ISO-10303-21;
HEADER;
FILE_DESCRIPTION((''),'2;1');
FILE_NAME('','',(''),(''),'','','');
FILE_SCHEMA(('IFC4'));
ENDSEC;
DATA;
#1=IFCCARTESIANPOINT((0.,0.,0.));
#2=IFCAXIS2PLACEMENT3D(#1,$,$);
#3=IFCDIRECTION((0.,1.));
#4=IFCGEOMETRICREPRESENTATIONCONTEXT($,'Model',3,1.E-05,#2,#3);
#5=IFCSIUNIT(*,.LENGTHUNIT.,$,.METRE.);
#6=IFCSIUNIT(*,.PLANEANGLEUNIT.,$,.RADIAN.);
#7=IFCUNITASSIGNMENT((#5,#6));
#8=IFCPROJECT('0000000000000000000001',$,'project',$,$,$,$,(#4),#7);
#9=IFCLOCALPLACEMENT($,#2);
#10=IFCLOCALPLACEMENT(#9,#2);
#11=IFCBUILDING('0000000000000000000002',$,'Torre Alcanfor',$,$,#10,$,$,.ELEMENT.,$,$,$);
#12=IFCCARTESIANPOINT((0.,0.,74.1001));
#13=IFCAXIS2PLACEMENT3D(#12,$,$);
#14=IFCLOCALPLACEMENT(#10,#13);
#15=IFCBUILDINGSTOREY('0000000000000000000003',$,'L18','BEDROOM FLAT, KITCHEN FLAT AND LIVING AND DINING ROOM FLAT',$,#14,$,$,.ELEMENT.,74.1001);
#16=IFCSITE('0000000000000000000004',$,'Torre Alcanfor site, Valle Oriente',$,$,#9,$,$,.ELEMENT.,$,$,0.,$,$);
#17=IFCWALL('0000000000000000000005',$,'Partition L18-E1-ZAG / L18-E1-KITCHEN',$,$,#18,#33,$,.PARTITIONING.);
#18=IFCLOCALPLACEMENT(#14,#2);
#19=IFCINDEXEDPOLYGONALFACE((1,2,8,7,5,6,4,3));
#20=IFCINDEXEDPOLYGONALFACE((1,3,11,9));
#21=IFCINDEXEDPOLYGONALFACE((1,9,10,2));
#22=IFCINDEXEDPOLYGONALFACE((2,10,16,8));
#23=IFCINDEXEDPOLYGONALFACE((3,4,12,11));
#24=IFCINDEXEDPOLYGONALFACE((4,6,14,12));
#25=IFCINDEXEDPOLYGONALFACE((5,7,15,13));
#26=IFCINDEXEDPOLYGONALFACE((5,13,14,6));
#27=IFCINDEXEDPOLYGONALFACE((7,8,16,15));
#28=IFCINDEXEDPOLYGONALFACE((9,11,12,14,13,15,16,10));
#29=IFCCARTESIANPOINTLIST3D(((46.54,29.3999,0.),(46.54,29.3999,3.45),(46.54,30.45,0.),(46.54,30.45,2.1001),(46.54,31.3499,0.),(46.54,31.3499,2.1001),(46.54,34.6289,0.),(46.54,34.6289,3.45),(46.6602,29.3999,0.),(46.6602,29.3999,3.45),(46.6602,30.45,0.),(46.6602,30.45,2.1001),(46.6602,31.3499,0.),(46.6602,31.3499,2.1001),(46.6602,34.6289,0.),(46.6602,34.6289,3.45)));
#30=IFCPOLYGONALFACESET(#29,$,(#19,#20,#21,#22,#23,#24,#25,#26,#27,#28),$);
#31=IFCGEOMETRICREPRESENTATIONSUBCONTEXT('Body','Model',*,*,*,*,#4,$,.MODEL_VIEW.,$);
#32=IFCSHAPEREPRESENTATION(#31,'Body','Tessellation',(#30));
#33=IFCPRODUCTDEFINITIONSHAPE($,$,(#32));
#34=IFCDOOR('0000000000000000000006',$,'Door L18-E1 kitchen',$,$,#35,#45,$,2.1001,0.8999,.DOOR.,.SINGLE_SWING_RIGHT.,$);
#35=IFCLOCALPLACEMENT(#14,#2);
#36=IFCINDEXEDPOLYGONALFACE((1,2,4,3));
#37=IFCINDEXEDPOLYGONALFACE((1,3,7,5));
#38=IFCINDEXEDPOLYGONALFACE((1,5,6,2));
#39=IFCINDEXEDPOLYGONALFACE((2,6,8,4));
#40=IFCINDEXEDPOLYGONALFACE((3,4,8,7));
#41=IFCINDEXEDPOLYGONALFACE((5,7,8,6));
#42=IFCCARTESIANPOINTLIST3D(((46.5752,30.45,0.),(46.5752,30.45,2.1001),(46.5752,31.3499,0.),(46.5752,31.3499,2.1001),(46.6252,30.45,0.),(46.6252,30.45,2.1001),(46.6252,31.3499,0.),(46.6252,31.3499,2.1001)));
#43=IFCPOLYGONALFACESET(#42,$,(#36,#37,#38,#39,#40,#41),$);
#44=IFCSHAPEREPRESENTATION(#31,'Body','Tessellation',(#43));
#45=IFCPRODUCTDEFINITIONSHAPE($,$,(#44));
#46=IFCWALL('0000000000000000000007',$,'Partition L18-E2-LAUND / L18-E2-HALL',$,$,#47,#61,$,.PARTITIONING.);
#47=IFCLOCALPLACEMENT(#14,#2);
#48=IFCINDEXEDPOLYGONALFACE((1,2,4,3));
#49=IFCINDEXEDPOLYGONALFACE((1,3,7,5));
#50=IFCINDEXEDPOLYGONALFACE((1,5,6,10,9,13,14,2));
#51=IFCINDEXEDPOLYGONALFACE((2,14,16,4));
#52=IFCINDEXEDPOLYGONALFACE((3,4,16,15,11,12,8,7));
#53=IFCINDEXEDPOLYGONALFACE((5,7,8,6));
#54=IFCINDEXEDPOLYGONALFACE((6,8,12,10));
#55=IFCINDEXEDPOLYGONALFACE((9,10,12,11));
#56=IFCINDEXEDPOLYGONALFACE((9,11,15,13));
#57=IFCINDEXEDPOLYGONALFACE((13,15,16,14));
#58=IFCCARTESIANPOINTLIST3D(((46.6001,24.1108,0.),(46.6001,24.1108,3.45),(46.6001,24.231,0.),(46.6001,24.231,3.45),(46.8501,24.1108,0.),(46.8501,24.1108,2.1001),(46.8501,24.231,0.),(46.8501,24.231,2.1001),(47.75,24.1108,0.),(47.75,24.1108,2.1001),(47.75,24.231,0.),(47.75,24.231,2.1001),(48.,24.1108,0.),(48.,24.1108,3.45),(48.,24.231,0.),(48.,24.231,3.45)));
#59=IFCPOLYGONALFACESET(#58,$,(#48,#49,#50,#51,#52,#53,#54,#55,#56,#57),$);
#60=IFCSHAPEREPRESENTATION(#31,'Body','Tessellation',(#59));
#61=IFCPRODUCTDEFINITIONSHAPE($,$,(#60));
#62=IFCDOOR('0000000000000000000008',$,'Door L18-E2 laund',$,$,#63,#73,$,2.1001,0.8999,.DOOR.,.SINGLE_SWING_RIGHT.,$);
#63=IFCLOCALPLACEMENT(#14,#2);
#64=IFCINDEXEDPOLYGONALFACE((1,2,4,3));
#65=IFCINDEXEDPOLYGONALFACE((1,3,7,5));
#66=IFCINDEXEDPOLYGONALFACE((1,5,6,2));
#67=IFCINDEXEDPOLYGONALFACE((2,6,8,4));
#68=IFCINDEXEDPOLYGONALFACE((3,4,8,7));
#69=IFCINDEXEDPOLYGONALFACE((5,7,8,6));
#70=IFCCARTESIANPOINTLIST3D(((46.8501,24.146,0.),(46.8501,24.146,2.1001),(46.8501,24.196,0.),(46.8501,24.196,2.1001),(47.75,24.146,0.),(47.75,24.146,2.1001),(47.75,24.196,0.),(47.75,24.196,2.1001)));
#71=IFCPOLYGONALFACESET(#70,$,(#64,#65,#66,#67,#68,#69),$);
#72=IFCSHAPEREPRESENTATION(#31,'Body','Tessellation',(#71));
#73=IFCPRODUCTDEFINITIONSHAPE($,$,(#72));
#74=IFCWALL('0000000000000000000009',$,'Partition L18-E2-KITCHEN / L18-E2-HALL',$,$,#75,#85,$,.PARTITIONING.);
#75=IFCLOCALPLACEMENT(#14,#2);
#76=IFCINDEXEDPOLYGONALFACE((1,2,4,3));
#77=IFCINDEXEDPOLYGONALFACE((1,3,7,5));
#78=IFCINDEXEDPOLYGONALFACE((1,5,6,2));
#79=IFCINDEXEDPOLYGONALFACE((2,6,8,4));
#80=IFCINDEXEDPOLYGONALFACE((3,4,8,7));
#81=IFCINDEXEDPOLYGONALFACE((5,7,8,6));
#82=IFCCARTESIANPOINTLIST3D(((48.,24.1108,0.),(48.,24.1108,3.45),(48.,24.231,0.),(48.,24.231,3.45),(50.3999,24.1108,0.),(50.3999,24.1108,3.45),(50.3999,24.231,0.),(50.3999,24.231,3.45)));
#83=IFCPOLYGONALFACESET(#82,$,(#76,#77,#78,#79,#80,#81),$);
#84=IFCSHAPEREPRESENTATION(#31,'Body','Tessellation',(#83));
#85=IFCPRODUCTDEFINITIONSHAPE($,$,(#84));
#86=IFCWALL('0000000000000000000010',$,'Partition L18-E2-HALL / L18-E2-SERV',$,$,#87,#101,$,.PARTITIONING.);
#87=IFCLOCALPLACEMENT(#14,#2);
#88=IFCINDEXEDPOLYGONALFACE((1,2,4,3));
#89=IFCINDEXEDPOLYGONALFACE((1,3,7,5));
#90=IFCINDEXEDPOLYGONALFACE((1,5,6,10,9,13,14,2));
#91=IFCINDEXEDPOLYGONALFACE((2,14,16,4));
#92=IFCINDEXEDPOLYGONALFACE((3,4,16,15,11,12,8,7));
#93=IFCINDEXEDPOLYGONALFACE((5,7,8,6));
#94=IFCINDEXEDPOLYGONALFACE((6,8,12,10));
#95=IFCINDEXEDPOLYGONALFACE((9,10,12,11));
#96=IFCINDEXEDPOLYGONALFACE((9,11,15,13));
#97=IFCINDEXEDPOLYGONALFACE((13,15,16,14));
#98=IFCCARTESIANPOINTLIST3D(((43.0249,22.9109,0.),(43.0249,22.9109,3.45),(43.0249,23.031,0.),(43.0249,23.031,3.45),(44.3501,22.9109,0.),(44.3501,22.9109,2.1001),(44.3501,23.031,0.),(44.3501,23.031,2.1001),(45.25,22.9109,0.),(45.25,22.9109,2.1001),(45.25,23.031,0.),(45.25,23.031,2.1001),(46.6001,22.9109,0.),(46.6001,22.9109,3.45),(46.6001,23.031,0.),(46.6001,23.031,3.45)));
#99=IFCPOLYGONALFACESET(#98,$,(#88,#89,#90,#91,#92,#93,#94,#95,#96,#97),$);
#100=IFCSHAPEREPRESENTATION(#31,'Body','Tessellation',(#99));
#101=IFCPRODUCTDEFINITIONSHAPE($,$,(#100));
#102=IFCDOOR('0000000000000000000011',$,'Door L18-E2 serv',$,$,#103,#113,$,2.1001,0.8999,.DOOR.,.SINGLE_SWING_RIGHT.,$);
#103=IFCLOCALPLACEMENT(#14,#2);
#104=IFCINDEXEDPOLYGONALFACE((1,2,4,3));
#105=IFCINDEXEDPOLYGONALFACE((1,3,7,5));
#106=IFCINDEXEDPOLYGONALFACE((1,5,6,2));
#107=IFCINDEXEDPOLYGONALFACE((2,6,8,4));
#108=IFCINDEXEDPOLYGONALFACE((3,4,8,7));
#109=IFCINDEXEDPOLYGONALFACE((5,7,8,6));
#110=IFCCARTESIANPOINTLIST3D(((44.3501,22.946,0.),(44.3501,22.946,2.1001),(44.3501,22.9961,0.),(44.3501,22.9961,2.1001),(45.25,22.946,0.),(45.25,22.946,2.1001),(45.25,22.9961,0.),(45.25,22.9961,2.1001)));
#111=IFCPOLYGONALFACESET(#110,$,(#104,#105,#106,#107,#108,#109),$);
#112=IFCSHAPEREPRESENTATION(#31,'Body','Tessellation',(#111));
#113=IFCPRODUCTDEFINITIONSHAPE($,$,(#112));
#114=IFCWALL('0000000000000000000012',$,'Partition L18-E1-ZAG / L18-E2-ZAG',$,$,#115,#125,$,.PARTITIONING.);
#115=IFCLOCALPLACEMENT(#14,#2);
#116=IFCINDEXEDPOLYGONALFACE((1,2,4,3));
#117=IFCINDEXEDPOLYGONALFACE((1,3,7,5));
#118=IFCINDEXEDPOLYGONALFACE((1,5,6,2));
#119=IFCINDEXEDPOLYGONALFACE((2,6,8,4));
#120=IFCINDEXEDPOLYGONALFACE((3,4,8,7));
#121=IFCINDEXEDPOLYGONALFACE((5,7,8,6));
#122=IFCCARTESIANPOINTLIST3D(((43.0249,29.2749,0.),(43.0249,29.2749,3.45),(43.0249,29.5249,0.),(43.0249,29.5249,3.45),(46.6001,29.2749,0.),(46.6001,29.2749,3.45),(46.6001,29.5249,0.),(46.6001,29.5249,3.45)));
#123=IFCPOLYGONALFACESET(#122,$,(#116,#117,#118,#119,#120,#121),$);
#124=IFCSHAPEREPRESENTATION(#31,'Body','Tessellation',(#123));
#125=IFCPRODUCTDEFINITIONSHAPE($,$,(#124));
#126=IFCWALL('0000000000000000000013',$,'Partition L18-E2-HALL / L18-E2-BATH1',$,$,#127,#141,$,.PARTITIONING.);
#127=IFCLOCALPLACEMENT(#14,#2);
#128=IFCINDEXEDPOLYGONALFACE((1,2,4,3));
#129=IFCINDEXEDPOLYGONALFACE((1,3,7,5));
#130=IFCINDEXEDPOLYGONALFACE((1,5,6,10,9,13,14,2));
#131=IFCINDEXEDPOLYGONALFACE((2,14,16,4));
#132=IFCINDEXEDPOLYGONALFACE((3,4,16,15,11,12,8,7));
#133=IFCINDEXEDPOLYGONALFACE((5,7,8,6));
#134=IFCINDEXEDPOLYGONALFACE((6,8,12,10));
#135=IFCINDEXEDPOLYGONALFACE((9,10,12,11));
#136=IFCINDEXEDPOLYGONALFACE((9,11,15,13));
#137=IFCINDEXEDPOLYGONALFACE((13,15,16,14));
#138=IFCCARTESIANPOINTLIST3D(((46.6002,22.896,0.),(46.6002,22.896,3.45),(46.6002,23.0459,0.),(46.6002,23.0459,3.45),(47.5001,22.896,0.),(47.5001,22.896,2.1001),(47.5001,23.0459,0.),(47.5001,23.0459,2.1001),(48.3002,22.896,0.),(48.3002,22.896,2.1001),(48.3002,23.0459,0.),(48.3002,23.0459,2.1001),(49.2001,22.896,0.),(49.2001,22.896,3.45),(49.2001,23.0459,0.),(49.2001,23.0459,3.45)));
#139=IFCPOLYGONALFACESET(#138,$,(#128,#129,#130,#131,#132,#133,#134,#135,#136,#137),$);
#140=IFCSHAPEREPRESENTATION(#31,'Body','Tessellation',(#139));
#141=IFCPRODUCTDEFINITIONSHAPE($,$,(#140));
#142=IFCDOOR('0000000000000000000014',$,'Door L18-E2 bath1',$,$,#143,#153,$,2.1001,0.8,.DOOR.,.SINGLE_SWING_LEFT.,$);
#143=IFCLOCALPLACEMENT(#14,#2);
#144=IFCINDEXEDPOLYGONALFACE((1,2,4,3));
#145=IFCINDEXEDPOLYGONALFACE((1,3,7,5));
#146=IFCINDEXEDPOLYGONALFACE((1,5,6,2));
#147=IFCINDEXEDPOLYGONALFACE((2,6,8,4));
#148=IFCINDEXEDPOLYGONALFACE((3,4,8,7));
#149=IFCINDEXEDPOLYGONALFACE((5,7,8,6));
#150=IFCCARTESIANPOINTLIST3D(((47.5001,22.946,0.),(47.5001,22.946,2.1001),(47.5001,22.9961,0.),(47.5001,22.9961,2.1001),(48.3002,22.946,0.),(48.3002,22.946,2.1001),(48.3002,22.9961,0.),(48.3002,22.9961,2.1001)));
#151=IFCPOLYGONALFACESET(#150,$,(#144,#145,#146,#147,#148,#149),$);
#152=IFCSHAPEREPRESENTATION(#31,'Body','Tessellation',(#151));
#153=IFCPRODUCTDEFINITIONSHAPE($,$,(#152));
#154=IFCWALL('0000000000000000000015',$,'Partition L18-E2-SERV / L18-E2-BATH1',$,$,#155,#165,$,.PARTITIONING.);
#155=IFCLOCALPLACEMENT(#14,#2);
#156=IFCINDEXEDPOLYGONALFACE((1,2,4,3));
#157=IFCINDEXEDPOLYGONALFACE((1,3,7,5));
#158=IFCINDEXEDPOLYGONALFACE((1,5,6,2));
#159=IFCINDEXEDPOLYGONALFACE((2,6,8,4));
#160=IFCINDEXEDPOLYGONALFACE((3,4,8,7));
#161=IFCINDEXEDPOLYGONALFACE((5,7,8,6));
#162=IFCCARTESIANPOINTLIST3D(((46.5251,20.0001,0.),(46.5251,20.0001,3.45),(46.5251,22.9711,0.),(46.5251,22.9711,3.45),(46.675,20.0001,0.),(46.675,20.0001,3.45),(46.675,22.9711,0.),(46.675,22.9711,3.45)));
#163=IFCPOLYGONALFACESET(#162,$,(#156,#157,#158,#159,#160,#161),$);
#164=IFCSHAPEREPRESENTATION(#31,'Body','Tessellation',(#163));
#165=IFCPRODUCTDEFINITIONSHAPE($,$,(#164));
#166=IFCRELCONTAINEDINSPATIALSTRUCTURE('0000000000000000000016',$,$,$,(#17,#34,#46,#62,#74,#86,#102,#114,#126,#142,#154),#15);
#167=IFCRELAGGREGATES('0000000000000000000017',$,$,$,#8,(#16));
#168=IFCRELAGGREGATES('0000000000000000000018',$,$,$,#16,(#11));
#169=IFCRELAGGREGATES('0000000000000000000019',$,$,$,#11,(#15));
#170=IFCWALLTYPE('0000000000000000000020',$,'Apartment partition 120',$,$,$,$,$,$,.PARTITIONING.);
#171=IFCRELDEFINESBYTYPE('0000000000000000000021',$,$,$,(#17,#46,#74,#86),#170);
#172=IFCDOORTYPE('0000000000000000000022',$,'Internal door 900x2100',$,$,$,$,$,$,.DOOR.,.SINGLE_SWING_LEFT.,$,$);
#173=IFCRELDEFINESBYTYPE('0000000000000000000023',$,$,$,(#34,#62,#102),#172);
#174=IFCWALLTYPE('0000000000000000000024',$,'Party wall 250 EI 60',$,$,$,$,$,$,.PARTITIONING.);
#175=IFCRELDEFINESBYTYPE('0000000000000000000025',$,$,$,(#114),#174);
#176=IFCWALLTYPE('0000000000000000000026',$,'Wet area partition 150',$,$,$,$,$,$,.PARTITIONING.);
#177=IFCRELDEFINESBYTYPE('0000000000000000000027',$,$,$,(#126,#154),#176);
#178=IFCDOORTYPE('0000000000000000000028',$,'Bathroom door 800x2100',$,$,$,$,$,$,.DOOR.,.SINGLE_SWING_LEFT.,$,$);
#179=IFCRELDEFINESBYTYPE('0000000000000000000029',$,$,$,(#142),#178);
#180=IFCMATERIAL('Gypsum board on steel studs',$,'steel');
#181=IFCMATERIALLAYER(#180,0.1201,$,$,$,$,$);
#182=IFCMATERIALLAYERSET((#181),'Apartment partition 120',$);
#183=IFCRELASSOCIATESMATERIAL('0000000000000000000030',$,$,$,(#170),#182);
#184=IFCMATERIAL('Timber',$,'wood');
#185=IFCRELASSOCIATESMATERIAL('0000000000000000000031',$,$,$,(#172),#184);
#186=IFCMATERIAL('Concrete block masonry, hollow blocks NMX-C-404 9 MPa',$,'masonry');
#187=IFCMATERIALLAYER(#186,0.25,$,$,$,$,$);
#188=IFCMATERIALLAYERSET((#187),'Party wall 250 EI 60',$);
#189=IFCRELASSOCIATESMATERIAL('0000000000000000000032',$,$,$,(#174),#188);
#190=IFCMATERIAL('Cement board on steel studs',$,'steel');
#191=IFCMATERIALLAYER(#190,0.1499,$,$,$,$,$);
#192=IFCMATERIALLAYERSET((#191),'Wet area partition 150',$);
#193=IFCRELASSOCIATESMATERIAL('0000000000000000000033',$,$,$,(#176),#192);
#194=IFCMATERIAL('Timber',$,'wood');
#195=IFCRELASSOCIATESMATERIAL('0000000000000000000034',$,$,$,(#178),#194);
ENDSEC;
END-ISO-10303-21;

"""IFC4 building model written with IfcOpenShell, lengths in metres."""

from ifc_helpers import new_model, si_unit, direction, frame, frame_2d, origin, place, context, subcontext, project, spatial, rectangle, extrude, material, layer, layer_set, type_object, element, fill, save


model = new_model("IFC4")

# Units and contexts
model_context = context("Model", 3, precision=1e-05, world=origin(), true_north=direction((0.0, 1.0)))
body_context = subcontext(model_context, "Body", "Model", "MODEL_VIEW")
ifc_project = project(units=[si_unit("LENGTHUNIT", "METRE"), si_unit("PLANEANGLEUNIT", "RADIAN")], contexts=[model_context])

# Site, building, storey
site_placement = place(None, origin())
site = spatial("IfcSite", under=ifc_project, at=site_placement, Name="Torre Alcanfor site, Valle Oriente", CompositionType="ELEMENT", RefElevation=0.0)
building_placement = place(site_placement, origin())
building = spatial("IfcBuilding", under=site, at=building_placement, Name="Torre Alcanfor", CompositionType="ELEMENT")
storey_placement = place(building_placement, frame((0.0, 0.0, 74.1001)))
storey = spatial("IfcBuildingStorey", under=building, at=storey_placement, Name="L18", Description="BEDROOM FLAT, KITCHEN FLAT AND LIVING AND DINING ROOM FLAT", CompositionType="ELEMENT", Elevation=74.1001)

# Walls, openings, doors
ifc_material_1 = material(Name="Gypsum board on steel studs", Category="steel")
ifc_layer_1 = layer(ifc_material_1, 0.1201)
ifc_layer_set_1 = layer_set([ifc_layer_1], Name="Apartment partition 120")
wall_type_1 = type_object("IfcWallType", Name="Apartment partition 120", PredefinedType="PARTITIONING", material=ifc_layer_set_1)
wall_1_placement = place(storey_placement, frame((46.6001, 29.3999, 0.0), z_axis=(0.0, 0.0, 1.0), x_axis=(0.0, 1.0, 0.0)))
wall_1 = element("IfcWall", 1, at=wall_1_placement, inside=storey, type_object=wall_type_1, Name="Partition L18-E1-ZAG / L18-E1-KITCHEN", PredefinedType="PARTITIONING", context=body_context, shape_type="SweptSolid", body=[
    extrude(rectangle(XDim=5.229, YDim=0.1201, at=frame_2d((2.6145, 0.0))), origin(), (0.0, 0.0, 1.0), 3.45),
])
opening_1_placement = place(wall_1_placement, frame((1.05, 0.0, 0.0)))
opening_1 = element("IfcOpeningElement", 2, at=opening_1_placement, cuts=wall_1, PredefinedType="OPENING", context=body_context, shape_type="SweptSolid", body=[
    extrude(rectangle(XDim=0.8999, YDim=2.1001, at=frame_2d((0.45, 1.05))), frame((0.0, 0.0701, 0.0), z_axis=(0.0, -1.0, 0.0), x_axis=(1.0, 0.0, 0.0)), (0.0, 0.0, 1.0), 0.1401),
])
ifc_material_2 = material(Name="Timber", Category="wood")
door_type_1 = type_object("IfcDoorType", Name="Internal door 900x2100", OperationType="SINGLE_SWING_LEFT", PredefinedType="DOOR", material=ifc_material_2)
door_1_placement = place(opening_1_placement, frame((0.8999, 0.0, 0.0), z_axis=(0.0, 0.0, 1.0), x_axis=(-1.0, 0.0, 0.0)))
door_1 = element("IfcDoor", 3, at=door_1_placement, inside=storey, type_object=door_type_1, Name="Door L18-E1 kitchen", OperationType="SINGLE_SWING_RIGHT", OverallHeight=2.1001, OverallWidth=0.8999, PredefinedType="DOOR", context=body_context, shape_type="SweptSolid", body=[
    extrude(rectangle(XDim=0.8999, YDim=2.1001, at=frame_2d((0.45, 1.05))), frame((0.0, 0.0251, 0.0), z_axis=(0.0, -1.0, 0.0), x_axis=(1.0, 0.0, 0.0)), (0.0, 0.0, 1.0), 0.05),
])
fill(opening_1, door_1)
wall_2_placement = place(storey_placement, frame((48.0, 24.1709, 0.0), z_axis=(0.0, 0.0, 1.0), x_axis=(-1.0, 0.0, 0.0)))
wall_2 = element("IfcWall", 4, at=wall_2_placement, inside=storey, type_object=wall_type_1, Name="Partition L18-E2-LAUND / L18-E2-HALL", PredefinedType="PARTITIONING", context=body_context, shape_type="SweptSolid", body=[
    extrude(rectangle(XDim=1.3999, YDim=0.1201, at=frame_2d((0.7, 0.0))), origin(), (0.0, 0.0, 1.0), 3.45),
])
opening_2_placement = place(wall_2_placement, frame((0.25, 0.0, 0.0)))
opening_2 = element("IfcOpeningElement", 5, at=opening_2_placement, cuts=wall_2, PredefinedType="OPENING", context=body_context, shape_type="SweptSolid", body=[
    extrude(rectangle(XDim=0.8999, YDim=2.1001, at=frame_2d((0.45, 1.05))), frame((0.0, 0.0701, 0.0), z_axis=(0.0, -1.0, 0.0), x_axis=(1.0, 0.0, 0.0)), (0.0, 0.0, 1.0), 0.1401),
])
door_2_placement = place(opening_2_placement, frame((0.8999, 0.0, 0.0), z_axis=(0.0, 0.0, 1.0), x_axis=(-1.0, 0.0, 0.0)))
door_2 = element("IfcDoor", 6, at=door_2_placement, inside=storey, type_object=door_type_1, Name="Door L18-E2 laund", OperationType="SINGLE_SWING_RIGHT", OverallHeight=2.1001, OverallWidth=0.8999, PredefinedType="DOOR", context=body_context, shape_type="SweptSolid", body=[
    extrude(rectangle(XDim=0.8999, YDim=2.1001, at=frame_2d((0.45, 1.05))), frame((0.0, 0.0251, 0.0), z_axis=(0.0, -1.0, 0.0), x_axis=(1.0, 0.0, 0.0)), (0.0, 0.0, 1.0), 0.05),
])
fill(opening_2, door_2)

# Wall
wall_3_placement = place(storey_placement, frame((50.3999, 24.1709, 0.0), z_axis=(0.0, 0.0, 1.0), x_axis=(-1.0, 0.0, 0.0)))
element("IfcWall", 7, at=wall_3_placement, inside=storey, type_object=wall_type_1, Name="Partition L18-E2-KITCHEN / L18-E2-HALL", PredefinedType="PARTITIONING", context=body_context, shape_type="SweptSolid", body=[
    extrude(rectangle(XDim=2.3999, YDim=0.1201, at=frame_2d((1.2, 0.0))), origin(), (0.0, 0.0, 1.0), 3.45),
])

# Wall, opening, door
wall_4_placement = place(storey_placement, frame((46.6001, 22.9709, 0.0), z_axis=(0.0, 0.0, 1.0), x_axis=(-1.0, 0.0, 0.0)))
wall_4 = element("IfcWall", 8, at=wall_4_placement, inside=storey, type_object=wall_type_1, Name="Partition L18-E2-HALL / L18-E2-SERV", PredefinedType="PARTITIONING", context=body_context, shape_type="SweptSolid", body=[
    extrude(rectangle(XDim=3.5752, YDim=0.1201, at=frame_2d((1.7876, 0.0))), origin(), (0.0, 0.0, 1.0), 3.45),
])
opening_3_placement = place(wall_4_placement, frame((1.3501, 0.0, 0.0)))
opening_3 = element("IfcOpeningElement", 9, at=opening_3_placement, cuts=wall_4, PredefinedType="OPENING", context=body_context, shape_type="SweptSolid", body=[
    extrude(rectangle(XDim=0.8999, YDim=2.1001, at=frame_2d((0.45, 1.05))), frame((0.0, 0.0701, 0.0), z_axis=(0.0, -1.0, 0.0), x_axis=(1.0, 0.0, 0.0)), (0.0, 0.0, 1.0), 0.1401),
])
door_3_placement = place(opening_3_placement, origin())
door_3 = element("IfcDoor", 10, at=door_3_placement, inside=storey, type_object=door_type_1, Name="Door L18-E2 serv", OperationType="SINGLE_SWING_RIGHT", OverallHeight=2.1001, OverallWidth=0.8999, PredefinedType="DOOR", context=body_context, shape_type="SweptSolid", body=[
    extrude(rectangle(XDim=0.8999, YDim=2.1001, at=frame_2d((0.45, 1.05))), frame((0.0, 0.0249, 0.0), z_axis=(0.0, -1.0, 0.0), x_axis=(1.0, 0.0, 0.0)), (0.0, 0.0, 1.0), 0.05),
])
fill(opening_3, door_3)

# Wall
ifc_material_3 = material(Name="Concrete block masonry, hollow blocks NMX-C-404 9 MPa", Category="masonry")
ifc_layer_2 = layer(ifc_material_3, 0.25)
ifc_layer_set_2 = layer_set([ifc_layer_2], Name="Party wall 250 EI 60")
wall_type_2 = type_object("IfcWallType", Name="Party wall 250 EI 60", PredefinedType="PARTITIONING", material=ifc_layer_set_2)
wall_5_placement = place(storey_placement, frame((43.0249, 29.3999, 0.0), z_axis=(0.0, 0.0, 1.0), x_axis=(1.0, 0.0, 0.0)))
element("IfcWall", 11, at=wall_5_placement, inside=storey, type_object=wall_type_2, Name="Partition L18-E1-ZAG / L18-E2-ZAG", PredefinedType="PARTITIONING", context=body_context, shape_type="SweptSolid", body=[
    extrude(rectangle(XDim=3.5752, YDim=0.25, at=frame_2d((1.7876, 0.0))), origin(), (0.0, 0.0, 1.0), 3.45),
])

# Wall, opening, door
ifc_material_4 = material(Name="Cement board on steel studs", Category="steel")
ifc_layer_3 = layer(ifc_material_4, 0.1499)
ifc_layer_set_3 = layer_set([ifc_layer_3], Name="Wet area partition 150")
wall_type_3 = type_object("IfcWallType", Name="Wet area partition 150", PredefinedType="PARTITIONING", material=ifc_layer_set_3)
wall_6_placement = place(storey_placement, frame((49.2, 22.9709, 0.0), z_axis=(0.0, 0.0, 1.0), x_axis=(-1.0, 0.0, 0.0)))
wall_6 = element("IfcWall", 12, at=wall_6_placement, inside=storey, type_object=wall_type_3, Name="Partition L18-E2-HALL / L18-E2-BATH1", PredefinedType="PARTITIONING", context=body_context, shape_type="SweptSolid", body=[
    extrude(rectangle(XDim=2.5999, YDim=0.1499, at=frame_2d((1.2998, 0.0))), origin(), (0.0, 0.0, 1.0), 3.45),
])
opening_4_placement = place(wall_6_placement, frame((0.8999, 0.0, 0.0)))
opening_4 = element("IfcOpeningElement", 13, at=opening_4_placement, cuts=wall_6, PredefinedType="OPENING", context=body_context, shape_type="SweptSolid", body=[
    extrude(rectangle(XDim=0.8, YDim=2.1001, at=frame_2d((0.3999, 1.05))), frame((0.0, 0.085, 0.0), z_axis=(0.0, -1.0, 0.0), x_axis=(1.0, 0.0, 0.0)), (0.0, 0.0, 1.0), 0.1699),
])
ifc_material_5 = material(Name="Timber", Category="wood")
door_type_2 = type_object("IfcDoorType", Name="Bathroom door 800x2100", OperationType="SINGLE_SWING_LEFT", PredefinedType="DOOR", material=ifc_material_5)
door_4_placement = place(opening_4_placement, origin())
door_4 = element("IfcDoor", 14, at=door_4_placement, inside=storey, type_object=door_type_2, Name="Door L18-E2 bath1", OperationType="SINGLE_SWING_LEFT", OverallHeight=2.1001, OverallWidth=0.8, PredefinedType="DOOR", context=body_context, shape_type="SweptSolid", body=[
    extrude(rectangle(XDim=0.8, YDim=2.1001, at=frame_2d((0.3999, 1.05))), frame((0.0, 0.0249, 0.0), z_axis=(0.0, -1.0, 0.0), x_axis=(1.0, 0.0, 0.0)), (0.0, 0.0, 1.0), 0.05),
])
fill(opening_4, door_4)

# Wall
for number, where, z_axis, x_axis, name in (
    (15, (46.6001, 22.9709, 0.0), (0.0, 0.0, 1.0), (0.0, -1.0, 0.0), "Partition L18-E2-SERV / L18-E2-BATH1"),
):
    element("IfcWall", number, at=place(storey_placement, frame(where, z_axis=z_axis, x_axis=x_axis)), inside=storey, type_object=wall_type_3, Name=name, PredefinedType="PARTITIONING", context=body_context, shape_type="SweptSolid", body=[
        extrude(rectangle(XDim=2.9709, YDim=0.1499, at=frame_2d((1.4854, 0.0))), origin(), (0.0, 0.0, 1.0), 3.45),
    ])

save(model, "model.ifc")
